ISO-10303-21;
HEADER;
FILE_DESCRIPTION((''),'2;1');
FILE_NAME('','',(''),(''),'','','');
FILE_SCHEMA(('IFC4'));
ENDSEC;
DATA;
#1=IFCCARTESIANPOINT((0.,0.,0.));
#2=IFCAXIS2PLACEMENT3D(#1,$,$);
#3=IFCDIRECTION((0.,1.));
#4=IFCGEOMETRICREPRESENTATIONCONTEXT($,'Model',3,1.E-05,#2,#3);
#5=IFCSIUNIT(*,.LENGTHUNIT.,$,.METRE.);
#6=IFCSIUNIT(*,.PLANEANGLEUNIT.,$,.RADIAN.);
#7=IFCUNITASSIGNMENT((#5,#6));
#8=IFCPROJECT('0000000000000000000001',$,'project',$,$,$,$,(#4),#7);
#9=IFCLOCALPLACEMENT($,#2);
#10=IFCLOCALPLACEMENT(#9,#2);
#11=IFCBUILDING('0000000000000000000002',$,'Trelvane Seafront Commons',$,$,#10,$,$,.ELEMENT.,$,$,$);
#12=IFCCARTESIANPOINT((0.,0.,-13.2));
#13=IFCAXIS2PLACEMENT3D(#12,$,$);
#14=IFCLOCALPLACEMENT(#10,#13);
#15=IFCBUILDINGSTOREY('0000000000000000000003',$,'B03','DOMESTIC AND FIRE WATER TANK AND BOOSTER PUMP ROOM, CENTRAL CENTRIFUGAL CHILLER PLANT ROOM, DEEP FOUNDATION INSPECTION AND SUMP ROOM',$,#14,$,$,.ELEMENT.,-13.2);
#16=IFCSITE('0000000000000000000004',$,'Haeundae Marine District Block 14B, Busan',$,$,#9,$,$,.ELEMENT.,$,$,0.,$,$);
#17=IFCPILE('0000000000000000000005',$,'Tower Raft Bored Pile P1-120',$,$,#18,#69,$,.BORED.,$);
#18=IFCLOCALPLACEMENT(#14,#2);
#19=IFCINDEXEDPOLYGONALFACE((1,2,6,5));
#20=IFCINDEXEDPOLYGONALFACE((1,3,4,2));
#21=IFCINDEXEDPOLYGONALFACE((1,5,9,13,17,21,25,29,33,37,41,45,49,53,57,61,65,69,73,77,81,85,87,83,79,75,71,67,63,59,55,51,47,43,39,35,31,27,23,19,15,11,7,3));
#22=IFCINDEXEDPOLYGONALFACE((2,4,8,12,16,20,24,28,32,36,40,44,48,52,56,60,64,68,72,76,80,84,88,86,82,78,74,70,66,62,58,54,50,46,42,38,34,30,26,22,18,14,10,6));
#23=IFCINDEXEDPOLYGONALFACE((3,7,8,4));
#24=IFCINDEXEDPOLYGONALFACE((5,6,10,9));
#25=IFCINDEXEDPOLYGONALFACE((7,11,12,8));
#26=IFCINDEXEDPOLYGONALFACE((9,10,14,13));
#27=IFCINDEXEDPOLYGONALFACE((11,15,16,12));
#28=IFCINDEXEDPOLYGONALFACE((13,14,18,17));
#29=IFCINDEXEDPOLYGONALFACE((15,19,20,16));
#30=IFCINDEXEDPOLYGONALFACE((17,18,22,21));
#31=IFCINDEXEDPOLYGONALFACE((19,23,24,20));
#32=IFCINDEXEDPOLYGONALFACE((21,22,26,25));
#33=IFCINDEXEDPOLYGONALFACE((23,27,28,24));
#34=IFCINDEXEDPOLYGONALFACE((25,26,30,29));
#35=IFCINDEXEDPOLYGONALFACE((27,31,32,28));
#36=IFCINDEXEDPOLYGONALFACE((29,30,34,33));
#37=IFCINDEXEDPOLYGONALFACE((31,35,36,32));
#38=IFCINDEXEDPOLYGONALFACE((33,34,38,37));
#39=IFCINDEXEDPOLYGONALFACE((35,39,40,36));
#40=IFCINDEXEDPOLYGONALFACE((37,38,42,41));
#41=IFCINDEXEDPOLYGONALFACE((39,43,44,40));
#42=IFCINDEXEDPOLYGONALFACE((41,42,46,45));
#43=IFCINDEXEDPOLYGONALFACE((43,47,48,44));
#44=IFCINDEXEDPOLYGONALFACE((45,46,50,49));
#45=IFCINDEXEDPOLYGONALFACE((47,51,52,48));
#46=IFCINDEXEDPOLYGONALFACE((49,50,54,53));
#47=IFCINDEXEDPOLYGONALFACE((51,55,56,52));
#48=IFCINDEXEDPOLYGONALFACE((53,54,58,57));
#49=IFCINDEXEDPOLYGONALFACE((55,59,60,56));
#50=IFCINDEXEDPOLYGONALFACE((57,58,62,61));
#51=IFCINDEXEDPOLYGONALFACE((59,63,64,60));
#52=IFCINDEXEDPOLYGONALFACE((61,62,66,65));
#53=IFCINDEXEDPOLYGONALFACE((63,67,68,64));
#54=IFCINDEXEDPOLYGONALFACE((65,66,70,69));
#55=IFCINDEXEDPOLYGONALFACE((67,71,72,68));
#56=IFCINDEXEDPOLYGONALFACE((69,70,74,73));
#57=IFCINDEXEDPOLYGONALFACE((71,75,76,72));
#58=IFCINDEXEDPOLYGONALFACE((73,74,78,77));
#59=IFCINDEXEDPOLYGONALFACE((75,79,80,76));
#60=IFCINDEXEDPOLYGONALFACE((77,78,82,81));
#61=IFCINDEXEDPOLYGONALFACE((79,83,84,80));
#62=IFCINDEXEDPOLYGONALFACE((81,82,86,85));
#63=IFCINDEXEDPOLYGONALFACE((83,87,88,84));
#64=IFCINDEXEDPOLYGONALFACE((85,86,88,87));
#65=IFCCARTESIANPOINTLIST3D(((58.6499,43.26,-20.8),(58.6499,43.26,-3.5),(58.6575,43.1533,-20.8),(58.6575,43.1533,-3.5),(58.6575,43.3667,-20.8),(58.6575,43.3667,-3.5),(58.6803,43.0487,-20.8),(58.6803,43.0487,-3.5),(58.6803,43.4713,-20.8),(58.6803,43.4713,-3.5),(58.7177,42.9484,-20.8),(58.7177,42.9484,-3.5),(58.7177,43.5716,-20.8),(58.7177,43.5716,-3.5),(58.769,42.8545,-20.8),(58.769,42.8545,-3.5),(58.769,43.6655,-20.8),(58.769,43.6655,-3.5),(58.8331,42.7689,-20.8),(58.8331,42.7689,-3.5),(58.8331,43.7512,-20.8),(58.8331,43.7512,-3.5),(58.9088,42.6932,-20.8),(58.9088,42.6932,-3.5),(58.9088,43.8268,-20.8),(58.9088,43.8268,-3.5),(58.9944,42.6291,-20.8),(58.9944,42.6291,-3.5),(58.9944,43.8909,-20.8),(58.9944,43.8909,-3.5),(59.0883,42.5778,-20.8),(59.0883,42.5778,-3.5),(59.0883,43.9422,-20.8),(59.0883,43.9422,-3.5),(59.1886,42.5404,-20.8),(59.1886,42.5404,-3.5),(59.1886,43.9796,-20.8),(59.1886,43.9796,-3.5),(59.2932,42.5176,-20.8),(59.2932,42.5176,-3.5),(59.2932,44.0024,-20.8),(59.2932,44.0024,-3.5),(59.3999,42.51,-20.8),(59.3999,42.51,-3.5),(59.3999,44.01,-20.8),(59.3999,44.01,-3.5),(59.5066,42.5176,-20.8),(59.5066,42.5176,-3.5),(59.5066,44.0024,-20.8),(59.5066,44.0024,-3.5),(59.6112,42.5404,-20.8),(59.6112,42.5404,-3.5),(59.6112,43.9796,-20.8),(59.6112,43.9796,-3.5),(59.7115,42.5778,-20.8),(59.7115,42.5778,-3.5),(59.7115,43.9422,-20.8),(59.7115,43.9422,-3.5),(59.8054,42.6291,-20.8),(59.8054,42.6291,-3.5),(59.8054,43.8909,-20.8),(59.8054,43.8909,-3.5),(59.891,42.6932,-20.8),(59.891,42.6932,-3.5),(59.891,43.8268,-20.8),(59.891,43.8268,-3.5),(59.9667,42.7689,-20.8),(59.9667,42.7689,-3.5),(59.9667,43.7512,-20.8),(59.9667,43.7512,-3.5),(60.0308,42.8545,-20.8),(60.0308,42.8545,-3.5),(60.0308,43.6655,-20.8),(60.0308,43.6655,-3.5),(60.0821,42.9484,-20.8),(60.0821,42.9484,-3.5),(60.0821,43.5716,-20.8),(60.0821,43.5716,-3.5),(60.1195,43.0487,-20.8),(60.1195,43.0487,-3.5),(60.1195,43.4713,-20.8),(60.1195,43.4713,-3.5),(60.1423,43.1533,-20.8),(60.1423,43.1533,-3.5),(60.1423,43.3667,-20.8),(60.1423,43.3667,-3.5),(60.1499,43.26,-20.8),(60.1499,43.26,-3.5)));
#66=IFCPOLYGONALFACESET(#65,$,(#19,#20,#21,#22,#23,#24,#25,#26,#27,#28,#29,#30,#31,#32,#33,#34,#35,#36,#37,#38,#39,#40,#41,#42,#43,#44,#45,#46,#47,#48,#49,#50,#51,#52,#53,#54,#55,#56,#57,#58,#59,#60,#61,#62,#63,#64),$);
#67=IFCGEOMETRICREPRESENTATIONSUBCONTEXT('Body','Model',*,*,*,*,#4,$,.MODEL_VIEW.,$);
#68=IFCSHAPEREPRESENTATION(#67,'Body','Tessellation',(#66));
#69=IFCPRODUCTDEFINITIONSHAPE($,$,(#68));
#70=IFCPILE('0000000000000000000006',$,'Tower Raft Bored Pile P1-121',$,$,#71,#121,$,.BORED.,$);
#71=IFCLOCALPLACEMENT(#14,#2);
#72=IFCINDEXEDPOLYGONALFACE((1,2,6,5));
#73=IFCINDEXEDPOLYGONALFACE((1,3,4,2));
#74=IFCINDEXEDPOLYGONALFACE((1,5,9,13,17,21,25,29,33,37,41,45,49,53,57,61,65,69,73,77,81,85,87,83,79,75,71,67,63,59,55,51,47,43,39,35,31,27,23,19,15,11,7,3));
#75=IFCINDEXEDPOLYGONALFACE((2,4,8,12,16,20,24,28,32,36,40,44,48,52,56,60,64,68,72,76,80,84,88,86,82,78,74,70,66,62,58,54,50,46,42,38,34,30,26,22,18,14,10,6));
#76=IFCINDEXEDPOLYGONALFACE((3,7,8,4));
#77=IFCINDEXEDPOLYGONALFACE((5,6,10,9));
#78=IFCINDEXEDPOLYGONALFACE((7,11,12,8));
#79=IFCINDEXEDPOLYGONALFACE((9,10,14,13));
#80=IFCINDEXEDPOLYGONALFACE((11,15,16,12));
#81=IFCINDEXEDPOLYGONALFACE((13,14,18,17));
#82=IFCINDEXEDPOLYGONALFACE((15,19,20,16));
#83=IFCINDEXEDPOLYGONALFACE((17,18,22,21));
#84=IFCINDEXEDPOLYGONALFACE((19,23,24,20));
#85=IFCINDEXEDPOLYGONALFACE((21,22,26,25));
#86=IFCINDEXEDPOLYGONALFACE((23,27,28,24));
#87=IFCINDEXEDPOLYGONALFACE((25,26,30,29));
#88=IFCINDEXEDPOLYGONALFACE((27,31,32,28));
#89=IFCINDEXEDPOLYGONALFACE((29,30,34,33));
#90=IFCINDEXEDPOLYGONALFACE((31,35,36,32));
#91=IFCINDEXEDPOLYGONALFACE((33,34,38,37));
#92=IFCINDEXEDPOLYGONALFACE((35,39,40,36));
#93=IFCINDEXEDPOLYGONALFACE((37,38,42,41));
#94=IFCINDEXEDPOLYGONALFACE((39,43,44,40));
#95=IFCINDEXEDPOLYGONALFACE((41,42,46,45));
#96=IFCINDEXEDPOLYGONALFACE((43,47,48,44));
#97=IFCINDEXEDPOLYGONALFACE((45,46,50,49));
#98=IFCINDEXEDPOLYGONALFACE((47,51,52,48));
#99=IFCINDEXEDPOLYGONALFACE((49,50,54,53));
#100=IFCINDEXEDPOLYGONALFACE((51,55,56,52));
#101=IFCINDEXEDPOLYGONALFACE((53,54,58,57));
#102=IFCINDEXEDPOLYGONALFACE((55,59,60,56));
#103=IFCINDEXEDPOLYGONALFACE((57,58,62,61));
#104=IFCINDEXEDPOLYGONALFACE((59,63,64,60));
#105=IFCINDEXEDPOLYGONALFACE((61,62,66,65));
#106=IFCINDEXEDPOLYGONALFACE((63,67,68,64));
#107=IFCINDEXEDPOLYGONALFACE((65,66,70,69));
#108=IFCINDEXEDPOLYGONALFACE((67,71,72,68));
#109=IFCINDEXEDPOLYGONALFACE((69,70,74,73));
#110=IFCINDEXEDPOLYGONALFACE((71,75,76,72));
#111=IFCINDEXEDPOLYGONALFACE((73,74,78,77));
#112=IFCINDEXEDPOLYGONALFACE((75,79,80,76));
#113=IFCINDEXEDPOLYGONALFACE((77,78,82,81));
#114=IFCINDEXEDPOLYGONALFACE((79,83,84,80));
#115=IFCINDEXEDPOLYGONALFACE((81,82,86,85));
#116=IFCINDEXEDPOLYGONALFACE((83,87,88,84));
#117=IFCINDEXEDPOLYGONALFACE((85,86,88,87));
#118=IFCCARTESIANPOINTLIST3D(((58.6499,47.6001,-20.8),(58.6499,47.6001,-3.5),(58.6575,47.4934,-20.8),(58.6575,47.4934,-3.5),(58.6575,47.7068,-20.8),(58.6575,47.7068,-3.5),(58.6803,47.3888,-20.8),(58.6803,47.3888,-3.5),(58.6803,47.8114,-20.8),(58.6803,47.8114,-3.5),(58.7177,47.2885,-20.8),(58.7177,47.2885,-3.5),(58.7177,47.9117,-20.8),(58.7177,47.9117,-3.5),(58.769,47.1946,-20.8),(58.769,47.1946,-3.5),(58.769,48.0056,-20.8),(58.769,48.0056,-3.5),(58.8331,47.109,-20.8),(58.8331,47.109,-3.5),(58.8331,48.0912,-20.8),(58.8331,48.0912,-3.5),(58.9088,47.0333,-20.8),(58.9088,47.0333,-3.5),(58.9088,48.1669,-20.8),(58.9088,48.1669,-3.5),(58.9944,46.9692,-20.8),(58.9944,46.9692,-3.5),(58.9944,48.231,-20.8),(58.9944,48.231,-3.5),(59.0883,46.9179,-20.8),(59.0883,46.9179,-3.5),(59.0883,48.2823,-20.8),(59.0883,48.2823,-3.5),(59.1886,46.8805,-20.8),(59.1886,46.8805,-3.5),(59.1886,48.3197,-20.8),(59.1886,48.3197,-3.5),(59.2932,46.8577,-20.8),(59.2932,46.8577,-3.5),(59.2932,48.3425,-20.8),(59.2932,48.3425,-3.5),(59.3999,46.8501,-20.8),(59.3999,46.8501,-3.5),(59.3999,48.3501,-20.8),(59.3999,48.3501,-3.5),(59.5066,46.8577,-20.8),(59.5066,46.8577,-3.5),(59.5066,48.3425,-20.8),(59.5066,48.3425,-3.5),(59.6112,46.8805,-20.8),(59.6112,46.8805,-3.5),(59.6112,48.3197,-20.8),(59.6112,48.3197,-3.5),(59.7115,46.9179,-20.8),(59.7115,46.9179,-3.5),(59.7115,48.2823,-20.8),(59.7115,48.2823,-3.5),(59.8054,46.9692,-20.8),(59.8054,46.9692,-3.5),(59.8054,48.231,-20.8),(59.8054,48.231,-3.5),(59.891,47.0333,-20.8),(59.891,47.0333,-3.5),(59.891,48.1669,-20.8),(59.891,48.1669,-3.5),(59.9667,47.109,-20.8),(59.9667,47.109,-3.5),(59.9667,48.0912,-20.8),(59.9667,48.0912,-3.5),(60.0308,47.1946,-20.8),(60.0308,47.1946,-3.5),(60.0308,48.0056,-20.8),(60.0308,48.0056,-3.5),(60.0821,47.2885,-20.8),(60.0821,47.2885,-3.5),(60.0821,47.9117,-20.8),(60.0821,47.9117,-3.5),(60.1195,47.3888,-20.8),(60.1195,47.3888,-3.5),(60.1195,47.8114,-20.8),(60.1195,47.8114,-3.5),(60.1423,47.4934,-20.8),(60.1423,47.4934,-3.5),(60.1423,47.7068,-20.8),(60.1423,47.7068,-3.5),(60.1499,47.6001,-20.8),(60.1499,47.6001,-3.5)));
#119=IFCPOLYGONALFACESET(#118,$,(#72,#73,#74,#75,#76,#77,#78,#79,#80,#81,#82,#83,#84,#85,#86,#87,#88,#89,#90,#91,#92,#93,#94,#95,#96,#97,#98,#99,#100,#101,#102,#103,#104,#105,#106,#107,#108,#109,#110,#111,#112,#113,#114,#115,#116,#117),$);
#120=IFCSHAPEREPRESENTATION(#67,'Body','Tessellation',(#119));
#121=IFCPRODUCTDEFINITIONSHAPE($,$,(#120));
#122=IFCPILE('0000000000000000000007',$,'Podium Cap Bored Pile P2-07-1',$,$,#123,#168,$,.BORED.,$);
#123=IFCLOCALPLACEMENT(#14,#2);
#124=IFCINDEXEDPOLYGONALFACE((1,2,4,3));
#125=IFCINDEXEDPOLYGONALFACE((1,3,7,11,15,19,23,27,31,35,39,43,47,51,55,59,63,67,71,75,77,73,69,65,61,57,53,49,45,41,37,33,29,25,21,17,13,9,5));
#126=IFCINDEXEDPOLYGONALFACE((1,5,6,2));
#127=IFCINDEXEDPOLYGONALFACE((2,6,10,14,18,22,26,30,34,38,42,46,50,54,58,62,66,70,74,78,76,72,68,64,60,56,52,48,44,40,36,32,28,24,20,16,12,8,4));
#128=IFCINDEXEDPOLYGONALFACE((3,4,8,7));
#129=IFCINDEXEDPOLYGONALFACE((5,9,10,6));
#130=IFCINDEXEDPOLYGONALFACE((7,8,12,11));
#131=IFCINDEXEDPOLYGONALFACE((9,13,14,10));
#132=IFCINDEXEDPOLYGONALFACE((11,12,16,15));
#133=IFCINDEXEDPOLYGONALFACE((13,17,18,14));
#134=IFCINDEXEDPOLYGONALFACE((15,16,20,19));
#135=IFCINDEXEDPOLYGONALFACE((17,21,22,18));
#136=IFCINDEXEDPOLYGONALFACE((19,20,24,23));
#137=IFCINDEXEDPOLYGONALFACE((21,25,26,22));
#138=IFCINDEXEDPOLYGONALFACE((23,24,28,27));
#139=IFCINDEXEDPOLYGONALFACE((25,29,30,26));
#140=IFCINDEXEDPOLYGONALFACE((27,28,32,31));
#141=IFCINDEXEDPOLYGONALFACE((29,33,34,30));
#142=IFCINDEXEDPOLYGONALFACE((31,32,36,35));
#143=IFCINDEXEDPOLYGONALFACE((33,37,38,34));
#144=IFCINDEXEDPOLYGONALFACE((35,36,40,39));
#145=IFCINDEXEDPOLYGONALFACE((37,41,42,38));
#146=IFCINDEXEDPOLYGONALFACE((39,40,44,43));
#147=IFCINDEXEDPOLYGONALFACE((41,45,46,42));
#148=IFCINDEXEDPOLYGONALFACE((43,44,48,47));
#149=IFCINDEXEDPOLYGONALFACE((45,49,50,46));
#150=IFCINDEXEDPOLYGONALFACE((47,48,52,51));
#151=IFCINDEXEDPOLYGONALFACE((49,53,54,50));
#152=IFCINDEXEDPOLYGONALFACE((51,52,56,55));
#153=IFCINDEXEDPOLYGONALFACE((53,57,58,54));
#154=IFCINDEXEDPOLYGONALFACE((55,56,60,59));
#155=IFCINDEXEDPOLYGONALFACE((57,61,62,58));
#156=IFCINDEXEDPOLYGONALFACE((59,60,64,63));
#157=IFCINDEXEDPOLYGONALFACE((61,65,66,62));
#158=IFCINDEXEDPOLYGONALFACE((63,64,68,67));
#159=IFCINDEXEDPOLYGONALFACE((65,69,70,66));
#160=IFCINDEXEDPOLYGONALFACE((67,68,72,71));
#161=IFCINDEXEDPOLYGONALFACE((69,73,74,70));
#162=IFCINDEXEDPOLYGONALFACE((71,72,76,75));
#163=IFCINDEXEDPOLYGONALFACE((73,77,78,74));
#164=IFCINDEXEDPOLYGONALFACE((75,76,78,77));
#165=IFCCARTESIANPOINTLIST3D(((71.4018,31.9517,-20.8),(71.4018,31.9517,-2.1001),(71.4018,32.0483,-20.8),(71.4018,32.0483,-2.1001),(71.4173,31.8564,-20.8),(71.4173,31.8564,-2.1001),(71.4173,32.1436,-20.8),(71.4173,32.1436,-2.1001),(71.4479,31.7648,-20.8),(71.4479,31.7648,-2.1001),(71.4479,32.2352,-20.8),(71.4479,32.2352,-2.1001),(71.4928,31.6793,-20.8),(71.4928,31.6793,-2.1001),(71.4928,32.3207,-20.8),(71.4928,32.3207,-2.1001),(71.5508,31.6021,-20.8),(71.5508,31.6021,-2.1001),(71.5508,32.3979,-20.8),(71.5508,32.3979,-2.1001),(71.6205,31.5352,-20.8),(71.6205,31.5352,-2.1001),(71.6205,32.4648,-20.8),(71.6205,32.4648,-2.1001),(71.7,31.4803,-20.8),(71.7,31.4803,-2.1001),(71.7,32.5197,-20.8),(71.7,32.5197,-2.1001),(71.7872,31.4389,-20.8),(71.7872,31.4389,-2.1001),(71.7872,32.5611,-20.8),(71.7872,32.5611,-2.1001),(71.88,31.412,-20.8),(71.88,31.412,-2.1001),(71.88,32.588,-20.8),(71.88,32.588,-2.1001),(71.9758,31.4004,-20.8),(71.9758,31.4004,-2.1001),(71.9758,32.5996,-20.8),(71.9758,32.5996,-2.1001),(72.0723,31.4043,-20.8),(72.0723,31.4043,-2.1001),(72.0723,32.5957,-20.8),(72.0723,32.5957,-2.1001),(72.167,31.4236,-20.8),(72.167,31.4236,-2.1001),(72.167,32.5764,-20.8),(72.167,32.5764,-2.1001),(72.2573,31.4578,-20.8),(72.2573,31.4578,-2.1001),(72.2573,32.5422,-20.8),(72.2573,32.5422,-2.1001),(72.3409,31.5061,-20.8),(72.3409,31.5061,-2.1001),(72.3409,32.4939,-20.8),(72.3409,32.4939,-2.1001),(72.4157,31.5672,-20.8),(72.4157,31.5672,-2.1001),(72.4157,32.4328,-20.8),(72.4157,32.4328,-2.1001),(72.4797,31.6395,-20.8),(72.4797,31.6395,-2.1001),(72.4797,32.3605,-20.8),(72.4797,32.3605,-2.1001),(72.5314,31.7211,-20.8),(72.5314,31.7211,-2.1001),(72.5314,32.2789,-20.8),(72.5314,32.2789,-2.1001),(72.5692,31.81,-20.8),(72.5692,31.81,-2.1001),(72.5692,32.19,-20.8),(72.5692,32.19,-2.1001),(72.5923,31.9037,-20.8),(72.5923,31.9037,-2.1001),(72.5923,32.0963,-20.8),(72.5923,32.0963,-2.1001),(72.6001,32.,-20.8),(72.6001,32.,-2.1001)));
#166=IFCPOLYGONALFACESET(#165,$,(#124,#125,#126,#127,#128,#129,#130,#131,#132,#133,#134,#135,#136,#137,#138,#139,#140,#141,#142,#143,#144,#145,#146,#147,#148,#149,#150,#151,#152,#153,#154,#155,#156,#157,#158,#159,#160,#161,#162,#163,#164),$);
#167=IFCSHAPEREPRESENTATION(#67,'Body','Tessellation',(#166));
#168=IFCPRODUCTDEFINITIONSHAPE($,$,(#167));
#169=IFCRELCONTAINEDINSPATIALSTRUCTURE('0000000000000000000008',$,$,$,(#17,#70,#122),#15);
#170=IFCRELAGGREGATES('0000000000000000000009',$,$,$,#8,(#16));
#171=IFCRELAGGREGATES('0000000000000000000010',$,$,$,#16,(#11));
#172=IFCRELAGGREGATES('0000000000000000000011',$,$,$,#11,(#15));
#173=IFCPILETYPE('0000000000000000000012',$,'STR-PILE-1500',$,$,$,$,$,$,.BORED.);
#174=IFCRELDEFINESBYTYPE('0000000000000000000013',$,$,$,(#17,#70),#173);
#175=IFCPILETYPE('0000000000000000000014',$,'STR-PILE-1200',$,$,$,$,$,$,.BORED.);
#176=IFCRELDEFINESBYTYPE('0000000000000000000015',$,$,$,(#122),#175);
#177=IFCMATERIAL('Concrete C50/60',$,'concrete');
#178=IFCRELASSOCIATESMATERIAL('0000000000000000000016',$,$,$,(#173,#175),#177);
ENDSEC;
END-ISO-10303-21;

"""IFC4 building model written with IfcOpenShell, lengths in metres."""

from ifc_helpers import new_model, si_unit, direction, frame, origin, origin_2d, place, context, subcontext, project, spatial, circle, extrude, source, transform, mapped, material, material_profile, profile_set, type_object, element, save


model = new_model("IFC4")

# Units and contexts
model_context = context("Model", 3, precision=1e-05, world=origin(), true_north=direction((0.0, 1.0)))
body_context = subcontext(model_context, "Body", "Model", "MODEL_VIEW")
ifc_project = project(units=[si_unit("LENGTHUNIT", "METRE"), si_unit("PLANEANGLEUNIT", "RADIAN")], contexts=[model_context])

# Site, building, storey
site_placement = place(None, origin())
site = spatial("IfcSite", under=ifc_project, at=site_placement, Name="Haeundae Marine District Block 14B, Busan", CompositionType="ELEMENT", RefElevation=0.0)
building_placement = place(site_placement, origin())
building = spatial("IfcBuilding", under=site, at=building_placement, Name="Trelvane Seafront Commons", CompositionType="ELEMENT")
storey_placement = place(building_placement, frame((0.0, 0.0, -13.2)))
storey = spatial("IfcBuildingStorey", under=building, at=storey_placement, Name="B03", Description="DOMESTIC AND FIRE WATER TANK AND BOOSTER PUMP ROOM, CENTRAL CENTRIFUGAL CHILLER PLANT ROOM, DEEP FOUNDATION INSPECTION AND SUMP ROOM", CompositionType="ELEMENT", Elevation=-13.2)

# Piles
ifc_material_1 = material(Name="Concrete C50/60", Category="concrete")
ifc_material_profile_1 = material_profile(ifc_material_1, circle(Radius=0.75, at=origin_2d()), Name="PILE-1500")
ifc_profile_set_1 = profile_set([ifc_material_profile_1], Name="Concrete C50/60")
pile_type_1 = type_object("IfcPileType", Name="STR-PILE-1500", PredefinedType="BORED", material=ifc_profile_set_1)
shared_shape_1 = source(origin(), body_context, "Body", "SweptSolid", [
    extrude(circle(Radius=0.75, at=origin_2d()), origin(), (0.0, 0.0, 1.0), 17.3),
])
for number, where, z_axis, x_axis, name in (
    (1, (59.3999, 43.26, -3.5), (0.0, 0.0, -1.0), (1.0, 0.0, 0.0), "Tower Raft Bored Pile P1-120"),
    (2, (59.3999, 47.6001, -3.5), (0.0, 0.0, -1.0), (1.0, 0.0, 0.0), "Tower Raft Bored Pile P1-121"),
):
    element("IfcPile", number, at=place(storey_placement, frame(where, z_axis=z_axis, x_axis=x_axis)), inside=storey, type_object=pile_type_1, Name=name, PredefinedType="BORED", context=body_context, shape_type="MappedRepresentation", body=[
        mapped(shared_shape_1, transform((0.0, 0.0, 0.0), x_axis=(1.0, 0.0, 0.0), y_axis=(0.0, 1.0, 0.0), z_axis=(0.0, 0.0, 1.0), scale=1.0)),
    ])
ifc_material_profile_2 = material_profile(ifc_material_1, circle(Radius=0.6001, at=origin_2d()), Name="PILE-1200")
ifc_profile_set_2 = profile_set([ifc_material_profile_2], Name="Concrete C50/60")
pile_type_2 = type_object("IfcPileType", Name="STR-PILE-1200", PredefinedType="BORED", material=ifc_profile_set_2)
shared_shape_2 = source(origin(), body_context, "Body", "SweptSolid", [
    extrude(circle(Radius=0.6001, at=origin_2d()), origin(), (0.0, 0.0, 1.0), 18.7),
])
for number, where, z_axis, x_axis, name in (
    (3, (72.0, 32.0, -2.1001), (0.0, 0.0, -1.0), (1.0, 0.0, 0.0), "Podium Cap Bored Pile P2-07-1"),
):
    element("IfcPile", number, at=place(storey_placement, frame(where, z_axis=z_axis, x_axis=x_axis)), inside=storey, type_object=pile_type_2, Name=name, PredefinedType="BORED", context=body_context, shape_type="MappedRepresentation", body=[
        mapped(shared_shape_2, transform((0.0, 0.0, 0.0), x_axis=(1.0, 0.0, 0.0), y_axis=(0.0, 1.0, 0.0), z_axis=(0.0, 0.0, 1.0), scale=1.0)),
    ])

save(model, "model.ifc")
